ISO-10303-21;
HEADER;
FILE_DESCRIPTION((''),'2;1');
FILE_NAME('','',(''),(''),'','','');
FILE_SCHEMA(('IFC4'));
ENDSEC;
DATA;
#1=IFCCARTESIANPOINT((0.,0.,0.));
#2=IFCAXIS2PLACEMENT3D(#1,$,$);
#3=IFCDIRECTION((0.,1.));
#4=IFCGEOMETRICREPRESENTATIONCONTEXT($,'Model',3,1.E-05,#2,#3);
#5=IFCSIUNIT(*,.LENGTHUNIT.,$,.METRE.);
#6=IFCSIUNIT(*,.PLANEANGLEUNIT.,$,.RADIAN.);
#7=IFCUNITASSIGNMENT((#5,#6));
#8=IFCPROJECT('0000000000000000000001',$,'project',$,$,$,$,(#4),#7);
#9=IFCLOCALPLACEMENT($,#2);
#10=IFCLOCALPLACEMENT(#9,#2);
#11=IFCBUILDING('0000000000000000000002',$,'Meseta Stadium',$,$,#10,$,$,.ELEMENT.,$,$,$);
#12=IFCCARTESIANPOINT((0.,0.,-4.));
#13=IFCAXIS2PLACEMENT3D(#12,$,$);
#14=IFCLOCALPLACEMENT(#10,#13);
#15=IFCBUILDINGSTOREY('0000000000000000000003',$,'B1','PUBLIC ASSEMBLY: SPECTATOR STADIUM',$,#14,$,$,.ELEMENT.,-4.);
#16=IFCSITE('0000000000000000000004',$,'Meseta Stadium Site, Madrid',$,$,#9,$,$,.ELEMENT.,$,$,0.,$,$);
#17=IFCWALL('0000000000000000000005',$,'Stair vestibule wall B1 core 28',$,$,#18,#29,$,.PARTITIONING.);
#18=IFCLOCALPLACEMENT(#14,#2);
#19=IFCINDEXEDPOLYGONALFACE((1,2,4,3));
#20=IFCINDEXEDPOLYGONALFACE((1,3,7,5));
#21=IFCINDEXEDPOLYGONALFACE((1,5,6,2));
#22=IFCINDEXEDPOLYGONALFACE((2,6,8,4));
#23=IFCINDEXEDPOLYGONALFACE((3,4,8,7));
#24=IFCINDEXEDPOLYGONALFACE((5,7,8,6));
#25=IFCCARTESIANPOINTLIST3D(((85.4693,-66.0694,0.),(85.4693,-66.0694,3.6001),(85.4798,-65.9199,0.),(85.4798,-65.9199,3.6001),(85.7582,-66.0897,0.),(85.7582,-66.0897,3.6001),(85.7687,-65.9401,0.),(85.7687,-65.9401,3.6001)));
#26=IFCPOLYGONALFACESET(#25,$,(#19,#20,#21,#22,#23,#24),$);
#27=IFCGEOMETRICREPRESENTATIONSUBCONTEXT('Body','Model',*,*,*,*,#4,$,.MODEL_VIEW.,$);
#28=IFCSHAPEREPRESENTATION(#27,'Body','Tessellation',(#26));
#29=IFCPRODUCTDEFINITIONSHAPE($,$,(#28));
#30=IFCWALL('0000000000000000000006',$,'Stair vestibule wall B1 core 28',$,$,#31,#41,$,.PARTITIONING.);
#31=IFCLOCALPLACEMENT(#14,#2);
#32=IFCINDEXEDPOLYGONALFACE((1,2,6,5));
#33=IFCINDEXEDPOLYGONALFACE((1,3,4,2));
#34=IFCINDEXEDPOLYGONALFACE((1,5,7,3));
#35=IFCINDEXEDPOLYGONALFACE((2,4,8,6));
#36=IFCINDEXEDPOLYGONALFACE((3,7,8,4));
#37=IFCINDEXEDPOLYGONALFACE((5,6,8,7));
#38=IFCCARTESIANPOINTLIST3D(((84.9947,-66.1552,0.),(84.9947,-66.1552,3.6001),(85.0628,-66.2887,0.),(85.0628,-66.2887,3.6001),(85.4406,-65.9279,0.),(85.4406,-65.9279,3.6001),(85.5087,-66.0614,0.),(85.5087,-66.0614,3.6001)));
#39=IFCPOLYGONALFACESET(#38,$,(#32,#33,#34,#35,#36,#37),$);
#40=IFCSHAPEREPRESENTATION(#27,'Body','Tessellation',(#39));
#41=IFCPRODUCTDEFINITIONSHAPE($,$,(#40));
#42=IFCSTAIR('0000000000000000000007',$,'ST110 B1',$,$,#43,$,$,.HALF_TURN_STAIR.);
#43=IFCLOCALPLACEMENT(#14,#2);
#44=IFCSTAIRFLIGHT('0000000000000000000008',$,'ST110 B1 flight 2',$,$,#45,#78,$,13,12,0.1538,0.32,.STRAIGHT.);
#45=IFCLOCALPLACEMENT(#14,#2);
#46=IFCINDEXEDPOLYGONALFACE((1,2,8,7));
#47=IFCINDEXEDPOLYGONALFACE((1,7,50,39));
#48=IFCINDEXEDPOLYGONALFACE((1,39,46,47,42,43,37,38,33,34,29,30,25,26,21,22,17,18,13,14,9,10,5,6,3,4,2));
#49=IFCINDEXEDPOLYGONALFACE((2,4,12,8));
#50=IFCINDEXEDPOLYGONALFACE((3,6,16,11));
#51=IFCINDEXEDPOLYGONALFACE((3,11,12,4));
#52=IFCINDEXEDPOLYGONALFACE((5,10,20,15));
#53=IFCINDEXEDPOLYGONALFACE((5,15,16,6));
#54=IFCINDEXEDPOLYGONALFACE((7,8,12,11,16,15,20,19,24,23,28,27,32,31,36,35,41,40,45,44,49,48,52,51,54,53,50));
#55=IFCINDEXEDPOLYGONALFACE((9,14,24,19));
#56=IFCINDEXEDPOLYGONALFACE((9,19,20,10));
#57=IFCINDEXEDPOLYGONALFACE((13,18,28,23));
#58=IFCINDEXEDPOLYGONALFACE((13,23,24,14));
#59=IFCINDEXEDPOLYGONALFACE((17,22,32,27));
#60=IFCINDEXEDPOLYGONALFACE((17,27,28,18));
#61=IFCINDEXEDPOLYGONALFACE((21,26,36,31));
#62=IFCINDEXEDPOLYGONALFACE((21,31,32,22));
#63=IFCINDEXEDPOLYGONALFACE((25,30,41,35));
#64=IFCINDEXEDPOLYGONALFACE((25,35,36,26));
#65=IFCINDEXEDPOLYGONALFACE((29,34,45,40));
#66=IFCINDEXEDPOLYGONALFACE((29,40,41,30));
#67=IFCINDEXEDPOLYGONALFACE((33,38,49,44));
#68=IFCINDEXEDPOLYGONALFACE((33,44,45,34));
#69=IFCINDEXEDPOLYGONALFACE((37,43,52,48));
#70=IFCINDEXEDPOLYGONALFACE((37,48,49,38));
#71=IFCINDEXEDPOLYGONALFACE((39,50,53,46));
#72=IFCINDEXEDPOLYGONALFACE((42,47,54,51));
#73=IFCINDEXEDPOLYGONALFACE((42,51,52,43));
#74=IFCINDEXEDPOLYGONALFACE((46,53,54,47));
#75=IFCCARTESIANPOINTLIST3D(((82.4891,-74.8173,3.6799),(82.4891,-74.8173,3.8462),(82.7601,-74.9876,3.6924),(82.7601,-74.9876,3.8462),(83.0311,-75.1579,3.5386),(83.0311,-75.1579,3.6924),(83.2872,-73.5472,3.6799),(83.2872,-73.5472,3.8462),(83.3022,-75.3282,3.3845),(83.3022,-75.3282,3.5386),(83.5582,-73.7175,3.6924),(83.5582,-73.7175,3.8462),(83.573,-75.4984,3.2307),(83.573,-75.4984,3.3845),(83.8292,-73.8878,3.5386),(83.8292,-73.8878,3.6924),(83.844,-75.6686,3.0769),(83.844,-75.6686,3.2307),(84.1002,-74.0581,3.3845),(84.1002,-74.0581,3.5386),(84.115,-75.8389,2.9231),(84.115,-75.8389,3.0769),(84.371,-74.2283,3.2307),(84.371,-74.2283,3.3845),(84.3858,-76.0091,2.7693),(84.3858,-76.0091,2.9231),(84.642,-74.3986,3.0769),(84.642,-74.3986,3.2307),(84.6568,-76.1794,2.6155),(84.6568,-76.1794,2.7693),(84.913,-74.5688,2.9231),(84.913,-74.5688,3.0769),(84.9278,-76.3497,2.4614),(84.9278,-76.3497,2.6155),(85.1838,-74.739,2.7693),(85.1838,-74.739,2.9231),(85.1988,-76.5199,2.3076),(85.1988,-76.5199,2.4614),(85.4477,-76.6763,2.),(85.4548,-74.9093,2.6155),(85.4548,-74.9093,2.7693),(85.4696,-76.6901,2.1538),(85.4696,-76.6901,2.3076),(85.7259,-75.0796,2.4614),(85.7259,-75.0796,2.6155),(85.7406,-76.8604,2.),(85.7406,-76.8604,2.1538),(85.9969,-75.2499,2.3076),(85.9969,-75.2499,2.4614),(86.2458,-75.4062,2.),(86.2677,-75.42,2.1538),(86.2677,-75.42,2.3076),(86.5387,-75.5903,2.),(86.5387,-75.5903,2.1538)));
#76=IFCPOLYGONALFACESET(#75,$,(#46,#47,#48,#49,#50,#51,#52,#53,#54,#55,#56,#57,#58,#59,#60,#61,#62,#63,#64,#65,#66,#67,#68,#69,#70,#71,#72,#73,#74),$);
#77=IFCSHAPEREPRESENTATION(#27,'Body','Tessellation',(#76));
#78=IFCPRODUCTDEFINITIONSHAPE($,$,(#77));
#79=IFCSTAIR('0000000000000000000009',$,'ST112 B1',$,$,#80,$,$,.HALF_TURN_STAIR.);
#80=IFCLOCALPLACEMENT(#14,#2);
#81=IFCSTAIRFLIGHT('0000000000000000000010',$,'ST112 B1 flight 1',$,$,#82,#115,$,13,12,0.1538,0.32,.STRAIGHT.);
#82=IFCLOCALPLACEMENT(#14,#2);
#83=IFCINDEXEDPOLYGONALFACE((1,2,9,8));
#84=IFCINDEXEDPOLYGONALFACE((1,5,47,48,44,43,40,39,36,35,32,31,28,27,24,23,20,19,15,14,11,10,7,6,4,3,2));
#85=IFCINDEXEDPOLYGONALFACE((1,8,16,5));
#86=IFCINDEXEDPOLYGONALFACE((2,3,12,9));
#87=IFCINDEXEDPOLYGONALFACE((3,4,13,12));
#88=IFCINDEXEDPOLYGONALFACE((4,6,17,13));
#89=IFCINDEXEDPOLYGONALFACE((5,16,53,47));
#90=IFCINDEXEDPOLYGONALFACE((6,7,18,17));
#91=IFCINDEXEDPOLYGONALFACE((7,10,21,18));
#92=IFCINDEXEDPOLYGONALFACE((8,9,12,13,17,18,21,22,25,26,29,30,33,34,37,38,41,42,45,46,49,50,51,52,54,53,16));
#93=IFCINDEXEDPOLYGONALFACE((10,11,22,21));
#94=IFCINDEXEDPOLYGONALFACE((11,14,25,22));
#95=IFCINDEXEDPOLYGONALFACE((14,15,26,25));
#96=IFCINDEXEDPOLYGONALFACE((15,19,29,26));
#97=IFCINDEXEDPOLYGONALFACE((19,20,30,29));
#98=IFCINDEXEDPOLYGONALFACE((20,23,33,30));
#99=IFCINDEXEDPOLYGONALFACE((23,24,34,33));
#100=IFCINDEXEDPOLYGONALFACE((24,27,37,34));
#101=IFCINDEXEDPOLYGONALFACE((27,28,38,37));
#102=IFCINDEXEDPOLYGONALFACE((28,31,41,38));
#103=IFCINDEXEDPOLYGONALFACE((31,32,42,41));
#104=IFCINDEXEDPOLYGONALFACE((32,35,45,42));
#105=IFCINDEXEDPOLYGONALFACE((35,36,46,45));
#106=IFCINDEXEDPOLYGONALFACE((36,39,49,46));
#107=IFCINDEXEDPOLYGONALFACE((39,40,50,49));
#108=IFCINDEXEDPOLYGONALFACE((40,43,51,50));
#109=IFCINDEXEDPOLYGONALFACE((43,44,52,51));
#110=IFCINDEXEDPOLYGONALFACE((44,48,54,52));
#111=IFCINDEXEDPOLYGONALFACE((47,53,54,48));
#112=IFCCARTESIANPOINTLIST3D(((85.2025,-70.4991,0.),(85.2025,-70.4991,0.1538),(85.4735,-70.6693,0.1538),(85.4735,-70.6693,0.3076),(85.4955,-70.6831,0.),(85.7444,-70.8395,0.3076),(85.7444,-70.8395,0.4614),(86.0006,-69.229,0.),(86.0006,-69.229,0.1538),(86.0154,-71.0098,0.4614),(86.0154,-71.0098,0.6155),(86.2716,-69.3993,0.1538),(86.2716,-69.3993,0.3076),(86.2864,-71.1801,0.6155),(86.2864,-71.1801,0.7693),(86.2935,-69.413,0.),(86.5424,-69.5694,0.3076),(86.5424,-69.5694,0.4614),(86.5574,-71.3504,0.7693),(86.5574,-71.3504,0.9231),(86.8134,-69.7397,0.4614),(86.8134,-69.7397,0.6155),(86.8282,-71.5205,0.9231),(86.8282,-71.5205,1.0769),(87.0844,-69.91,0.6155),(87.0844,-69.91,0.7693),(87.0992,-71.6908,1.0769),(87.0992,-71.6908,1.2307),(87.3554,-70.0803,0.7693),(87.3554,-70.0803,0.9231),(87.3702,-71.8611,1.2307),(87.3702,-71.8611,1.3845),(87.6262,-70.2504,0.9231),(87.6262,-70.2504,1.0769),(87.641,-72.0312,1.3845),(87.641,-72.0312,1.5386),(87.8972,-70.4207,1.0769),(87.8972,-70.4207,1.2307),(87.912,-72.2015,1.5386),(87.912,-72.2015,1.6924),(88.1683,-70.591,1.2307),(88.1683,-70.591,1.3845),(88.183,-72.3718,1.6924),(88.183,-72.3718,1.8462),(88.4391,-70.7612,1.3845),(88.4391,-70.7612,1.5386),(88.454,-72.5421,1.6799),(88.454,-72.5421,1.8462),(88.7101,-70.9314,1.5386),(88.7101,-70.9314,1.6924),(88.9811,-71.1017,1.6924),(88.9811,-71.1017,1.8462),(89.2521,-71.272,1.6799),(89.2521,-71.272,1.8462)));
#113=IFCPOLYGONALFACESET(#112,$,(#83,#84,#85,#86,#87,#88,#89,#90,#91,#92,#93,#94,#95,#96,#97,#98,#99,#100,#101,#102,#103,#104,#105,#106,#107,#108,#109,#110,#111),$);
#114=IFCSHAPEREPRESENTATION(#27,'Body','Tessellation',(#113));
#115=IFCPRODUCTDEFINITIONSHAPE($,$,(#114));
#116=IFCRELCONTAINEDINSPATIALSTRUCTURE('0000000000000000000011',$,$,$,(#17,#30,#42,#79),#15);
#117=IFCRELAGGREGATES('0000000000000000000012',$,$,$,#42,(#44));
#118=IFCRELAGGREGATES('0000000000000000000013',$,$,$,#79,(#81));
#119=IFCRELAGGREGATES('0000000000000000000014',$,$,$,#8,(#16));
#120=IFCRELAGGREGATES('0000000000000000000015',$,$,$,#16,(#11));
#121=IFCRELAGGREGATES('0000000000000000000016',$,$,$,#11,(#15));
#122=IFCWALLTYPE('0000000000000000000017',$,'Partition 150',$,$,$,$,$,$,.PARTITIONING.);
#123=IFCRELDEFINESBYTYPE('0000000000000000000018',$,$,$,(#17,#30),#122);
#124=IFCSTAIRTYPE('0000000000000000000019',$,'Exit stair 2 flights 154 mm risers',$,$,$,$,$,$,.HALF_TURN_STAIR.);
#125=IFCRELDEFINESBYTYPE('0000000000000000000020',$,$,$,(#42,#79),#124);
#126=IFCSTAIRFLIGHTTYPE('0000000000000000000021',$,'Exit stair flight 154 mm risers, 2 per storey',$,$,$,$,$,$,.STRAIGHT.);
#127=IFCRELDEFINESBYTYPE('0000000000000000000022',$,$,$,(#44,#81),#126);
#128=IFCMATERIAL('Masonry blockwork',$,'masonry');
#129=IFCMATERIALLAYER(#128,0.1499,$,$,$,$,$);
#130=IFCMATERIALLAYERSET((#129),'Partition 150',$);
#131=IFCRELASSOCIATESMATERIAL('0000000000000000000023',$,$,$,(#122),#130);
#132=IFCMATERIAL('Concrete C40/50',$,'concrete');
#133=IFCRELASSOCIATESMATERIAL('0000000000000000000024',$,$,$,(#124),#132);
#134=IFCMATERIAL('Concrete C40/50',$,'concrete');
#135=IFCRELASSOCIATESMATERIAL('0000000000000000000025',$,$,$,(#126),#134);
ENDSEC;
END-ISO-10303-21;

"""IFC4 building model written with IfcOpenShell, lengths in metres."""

from ifc_helpers import new_model, si_unit, direction, frame, frame_2d, origin, place, context, subcontext, project, spatial, polyline, rectangle, outline, extrude, material, layer, layer_set, type_object, element, aggregate, save


model = new_model("IFC4")

# Units and contexts
model_context = context("Model", 3, precision=1e-05, world=origin(), true_north=direction((0.0, 1.0)))
body_context = subcontext(model_context, "Body", "Model", "MODEL_VIEW")
ifc_project = project(units=[si_unit("LENGTHUNIT", "METRE"), si_unit("PLANEANGLEUNIT", "RADIAN")], contexts=[model_context])

# Site, building, storey
site_placement = place(None, origin())
site = spatial("IfcSite", under=ifc_project, at=site_placement, Name="Meseta Stadium Site, Madrid", CompositionType="ELEMENT", RefElevation=0.0)
building_placement = place(site_placement, origin())
building = spatial("IfcBuilding", under=site, at=building_placement, Name="Meseta Stadium", CompositionType="ELEMENT")
storey_placement = place(building_placement, frame((0.0, 0.0, -4.0)))
storey = spatial("IfcBuildingStorey", under=building, at=storey_placement, Name="B1", Description="PUBLIC ASSEMBLY: SPECTATOR STADIUM", CompositionType="ELEMENT", Elevation=-4.0)

# Shared definitions
ifc_material_1 = material(Name="Masonry blockwork", Category="masonry")
ifc_layer_1 = layer(ifc_material_1, 0.1499)
ifc_layer_set_1 = layer_set([ifc_layer_1], Name="Partition 150")
wall_type_1 = type_object("IfcWallType", Name="Partition 150", PredefinedType="PARTITIONING", material=ifc_layer_set_1)

# Walls
wall_1_placement = place(storey_placement, frame((85.7634, -66.0149, 0.0), z_axis=(0.0, 0.0, 1.0), x_axis=(-0.997548, 0.069989, 0.0)))
element("IfcWall", 1, at=wall_1_placement, inside=storey, type_object=wall_type_1, Name="Stair vestibule wall B1 core 28", PredefinedType="PARTITIONING", context=body_context, shape_type="SweptSolid", body=[
    extrude(rectangle(XDim=0.2896, YDim=0.1499, at=frame_2d((0.1448, 0.0))), origin(), (0.0, 0.0, 1.0), 3.6001),
])
wall_2_placement = place(storey_placement, frame((85.4746, -65.9946, 0.0), z_axis=(0.0, 0.0, 1.0), x_axis=(-0.890887, -0.454225, 0.0)))
element("IfcWall", 2, at=wall_2_placement, inside=storey, type_object=wall_type_1, Name="Stair vestibule wall B1 core 28", PredefinedType="PARTITIONING", context=body_context, shape_type="SweptSolid", body=[
    extrude(rectangle(XDim=0.5005, YDim=0.1499, at=frame_2d((0.2502, 0.0))), origin(), (0.0, 0.0, 1.0), 3.6001),
])

# Stairs, stair flights
ifc_material_2 = material(Name="Concrete C40/50", Category="concrete")
stair_type = type_object("IfcStairType", Name="Exit stair 2 flights 154 mm risers", PredefinedType="HALF_TURN_STAIR", material=ifc_material_2)
stair_1_placement = place(storey_placement, origin())
stair_1 = element("IfcStair", 3, at=stair_1_placement, inside=storey, type_object=stair_type, Name="ST110 B1", PredefinedType="HALF_TURN_STAIR")
ifc_material_3 = material(Name="Concrete C40/50", Category="concrete")
stair_flight_type = type_object("IfcStairFlightType", Name="Exit stair flight 154 mm risers, 2 per storey", PredefinedType="STRAIGHT", material=ifc_material_3)
stair_flight_1_placement = place(storey_placement, frame((86.1396, -76.2253, 2.0), z_axis=(0.0, 0.0, 1.0), x_axis=(-0.846724, 0.532032, 0.0)))
stair_flight_1 = element("IfcStairFlight", 4, at=stair_flight_1_placement, type_object=stair_flight_type, Name="ST110 B1 flight 2", NumberOfRisers=13, NumberOfTreads=12, PredefinedType="STRAIGHT", RiserHeight=0.1538, TreadLength=0.32, context=body_context, shape_type="SweptSolid", body=[
    extrude(outline(polyline([(0.0, 0.0), (0.0, 0.1538), (0.3201, 0.1538), (0.3201, 0.3076), (0.6399, 0.3076), (0.6399, 0.4614), (0.96, 0.4614), (0.96, 0.6155), (1.28, 0.6155), (1.28, 0.7693), (1.6001, 0.7693), (1.6001, 0.9231), (1.9199, 0.9231), (1.9199, 1.0769), (2.24, 1.0769), (2.24, 1.2307), (2.5601, 1.2307), (2.5601, 1.3845), (2.8799, 1.3845), (2.8799, 1.5386), (3.2, 1.5386), (3.2, 1.6924), (3.52, 1.6924), (3.52, 1.8462), (3.8401, 1.8462), (3.8401, 1.6799), (0.3459, 0.0), (0.0, 0.0)])), frame((0.0, 0.75, 0.0), z_axis=(0.0, -1.0, 0.0), x_axis=(1.0, 0.0, 0.0)), (0.0, 0.0, 1.0), 1.5),
])
aggregate(stair_1, [stair_flight_1])
stair_2_placement = place(storey_placement, origin())
stair_2 = element("IfcStair", 5, at=stair_2_placement, inside=storey, type_object=stair_type, Name="ST112 B1", PredefinedType="HALF_TURN_STAIR")
stair_flight_2_placement = place(storey_placement, frame((85.6016, -69.864, 0.0), z_axis=(0.0, 0.0, 1.0), x_axis=(0.846724, -0.532032, 0.0)))
stair_flight_2 = element("IfcStairFlight", 6, at=stair_flight_2_placement, type_object=stair_flight_type, Name="ST112 B1 flight 1", NumberOfRisers=13, NumberOfTreads=12, PredefinedType="STRAIGHT", RiserHeight=0.1538, TreadLength=0.32, context=body_context, shape_type="SweptSolid", body=[
    extrude(outline(polyline([(0.0, 0.0), (0.0, 0.1538), (0.3201, 0.1538), (0.3201, 0.3076), (0.6399, 0.3076), (0.6399, 0.4614), (0.96, 0.4614), (0.96, 0.6155), (1.28, 0.6155), (1.28, 0.7693), (1.6001, 0.7693), (1.6001, 0.9231), (1.9199, 0.9231), (1.9199, 1.0769), (2.24, 1.0769), (2.24, 1.2307), (2.5601, 1.2307), (2.5601, 1.3845), (2.8799, 1.3845), (2.8799, 1.5386), (3.2, 1.5386), (3.2, 1.6924), (3.52, 1.6924), (3.52, 1.8462), (3.8401, 1.8462), (3.8401, 1.6799), (0.3459, 0.0), (0.0, 0.0)])), frame((0.0, 0.75, 0.0), z_axis=(0.0, -1.0, 0.0), x_axis=(1.0, 0.0, 0.0)), (0.0, 0.0, 1.0), 1.5),
])
aggregate(stair_2, [stair_flight_2])

save(model, "model.ifc")
